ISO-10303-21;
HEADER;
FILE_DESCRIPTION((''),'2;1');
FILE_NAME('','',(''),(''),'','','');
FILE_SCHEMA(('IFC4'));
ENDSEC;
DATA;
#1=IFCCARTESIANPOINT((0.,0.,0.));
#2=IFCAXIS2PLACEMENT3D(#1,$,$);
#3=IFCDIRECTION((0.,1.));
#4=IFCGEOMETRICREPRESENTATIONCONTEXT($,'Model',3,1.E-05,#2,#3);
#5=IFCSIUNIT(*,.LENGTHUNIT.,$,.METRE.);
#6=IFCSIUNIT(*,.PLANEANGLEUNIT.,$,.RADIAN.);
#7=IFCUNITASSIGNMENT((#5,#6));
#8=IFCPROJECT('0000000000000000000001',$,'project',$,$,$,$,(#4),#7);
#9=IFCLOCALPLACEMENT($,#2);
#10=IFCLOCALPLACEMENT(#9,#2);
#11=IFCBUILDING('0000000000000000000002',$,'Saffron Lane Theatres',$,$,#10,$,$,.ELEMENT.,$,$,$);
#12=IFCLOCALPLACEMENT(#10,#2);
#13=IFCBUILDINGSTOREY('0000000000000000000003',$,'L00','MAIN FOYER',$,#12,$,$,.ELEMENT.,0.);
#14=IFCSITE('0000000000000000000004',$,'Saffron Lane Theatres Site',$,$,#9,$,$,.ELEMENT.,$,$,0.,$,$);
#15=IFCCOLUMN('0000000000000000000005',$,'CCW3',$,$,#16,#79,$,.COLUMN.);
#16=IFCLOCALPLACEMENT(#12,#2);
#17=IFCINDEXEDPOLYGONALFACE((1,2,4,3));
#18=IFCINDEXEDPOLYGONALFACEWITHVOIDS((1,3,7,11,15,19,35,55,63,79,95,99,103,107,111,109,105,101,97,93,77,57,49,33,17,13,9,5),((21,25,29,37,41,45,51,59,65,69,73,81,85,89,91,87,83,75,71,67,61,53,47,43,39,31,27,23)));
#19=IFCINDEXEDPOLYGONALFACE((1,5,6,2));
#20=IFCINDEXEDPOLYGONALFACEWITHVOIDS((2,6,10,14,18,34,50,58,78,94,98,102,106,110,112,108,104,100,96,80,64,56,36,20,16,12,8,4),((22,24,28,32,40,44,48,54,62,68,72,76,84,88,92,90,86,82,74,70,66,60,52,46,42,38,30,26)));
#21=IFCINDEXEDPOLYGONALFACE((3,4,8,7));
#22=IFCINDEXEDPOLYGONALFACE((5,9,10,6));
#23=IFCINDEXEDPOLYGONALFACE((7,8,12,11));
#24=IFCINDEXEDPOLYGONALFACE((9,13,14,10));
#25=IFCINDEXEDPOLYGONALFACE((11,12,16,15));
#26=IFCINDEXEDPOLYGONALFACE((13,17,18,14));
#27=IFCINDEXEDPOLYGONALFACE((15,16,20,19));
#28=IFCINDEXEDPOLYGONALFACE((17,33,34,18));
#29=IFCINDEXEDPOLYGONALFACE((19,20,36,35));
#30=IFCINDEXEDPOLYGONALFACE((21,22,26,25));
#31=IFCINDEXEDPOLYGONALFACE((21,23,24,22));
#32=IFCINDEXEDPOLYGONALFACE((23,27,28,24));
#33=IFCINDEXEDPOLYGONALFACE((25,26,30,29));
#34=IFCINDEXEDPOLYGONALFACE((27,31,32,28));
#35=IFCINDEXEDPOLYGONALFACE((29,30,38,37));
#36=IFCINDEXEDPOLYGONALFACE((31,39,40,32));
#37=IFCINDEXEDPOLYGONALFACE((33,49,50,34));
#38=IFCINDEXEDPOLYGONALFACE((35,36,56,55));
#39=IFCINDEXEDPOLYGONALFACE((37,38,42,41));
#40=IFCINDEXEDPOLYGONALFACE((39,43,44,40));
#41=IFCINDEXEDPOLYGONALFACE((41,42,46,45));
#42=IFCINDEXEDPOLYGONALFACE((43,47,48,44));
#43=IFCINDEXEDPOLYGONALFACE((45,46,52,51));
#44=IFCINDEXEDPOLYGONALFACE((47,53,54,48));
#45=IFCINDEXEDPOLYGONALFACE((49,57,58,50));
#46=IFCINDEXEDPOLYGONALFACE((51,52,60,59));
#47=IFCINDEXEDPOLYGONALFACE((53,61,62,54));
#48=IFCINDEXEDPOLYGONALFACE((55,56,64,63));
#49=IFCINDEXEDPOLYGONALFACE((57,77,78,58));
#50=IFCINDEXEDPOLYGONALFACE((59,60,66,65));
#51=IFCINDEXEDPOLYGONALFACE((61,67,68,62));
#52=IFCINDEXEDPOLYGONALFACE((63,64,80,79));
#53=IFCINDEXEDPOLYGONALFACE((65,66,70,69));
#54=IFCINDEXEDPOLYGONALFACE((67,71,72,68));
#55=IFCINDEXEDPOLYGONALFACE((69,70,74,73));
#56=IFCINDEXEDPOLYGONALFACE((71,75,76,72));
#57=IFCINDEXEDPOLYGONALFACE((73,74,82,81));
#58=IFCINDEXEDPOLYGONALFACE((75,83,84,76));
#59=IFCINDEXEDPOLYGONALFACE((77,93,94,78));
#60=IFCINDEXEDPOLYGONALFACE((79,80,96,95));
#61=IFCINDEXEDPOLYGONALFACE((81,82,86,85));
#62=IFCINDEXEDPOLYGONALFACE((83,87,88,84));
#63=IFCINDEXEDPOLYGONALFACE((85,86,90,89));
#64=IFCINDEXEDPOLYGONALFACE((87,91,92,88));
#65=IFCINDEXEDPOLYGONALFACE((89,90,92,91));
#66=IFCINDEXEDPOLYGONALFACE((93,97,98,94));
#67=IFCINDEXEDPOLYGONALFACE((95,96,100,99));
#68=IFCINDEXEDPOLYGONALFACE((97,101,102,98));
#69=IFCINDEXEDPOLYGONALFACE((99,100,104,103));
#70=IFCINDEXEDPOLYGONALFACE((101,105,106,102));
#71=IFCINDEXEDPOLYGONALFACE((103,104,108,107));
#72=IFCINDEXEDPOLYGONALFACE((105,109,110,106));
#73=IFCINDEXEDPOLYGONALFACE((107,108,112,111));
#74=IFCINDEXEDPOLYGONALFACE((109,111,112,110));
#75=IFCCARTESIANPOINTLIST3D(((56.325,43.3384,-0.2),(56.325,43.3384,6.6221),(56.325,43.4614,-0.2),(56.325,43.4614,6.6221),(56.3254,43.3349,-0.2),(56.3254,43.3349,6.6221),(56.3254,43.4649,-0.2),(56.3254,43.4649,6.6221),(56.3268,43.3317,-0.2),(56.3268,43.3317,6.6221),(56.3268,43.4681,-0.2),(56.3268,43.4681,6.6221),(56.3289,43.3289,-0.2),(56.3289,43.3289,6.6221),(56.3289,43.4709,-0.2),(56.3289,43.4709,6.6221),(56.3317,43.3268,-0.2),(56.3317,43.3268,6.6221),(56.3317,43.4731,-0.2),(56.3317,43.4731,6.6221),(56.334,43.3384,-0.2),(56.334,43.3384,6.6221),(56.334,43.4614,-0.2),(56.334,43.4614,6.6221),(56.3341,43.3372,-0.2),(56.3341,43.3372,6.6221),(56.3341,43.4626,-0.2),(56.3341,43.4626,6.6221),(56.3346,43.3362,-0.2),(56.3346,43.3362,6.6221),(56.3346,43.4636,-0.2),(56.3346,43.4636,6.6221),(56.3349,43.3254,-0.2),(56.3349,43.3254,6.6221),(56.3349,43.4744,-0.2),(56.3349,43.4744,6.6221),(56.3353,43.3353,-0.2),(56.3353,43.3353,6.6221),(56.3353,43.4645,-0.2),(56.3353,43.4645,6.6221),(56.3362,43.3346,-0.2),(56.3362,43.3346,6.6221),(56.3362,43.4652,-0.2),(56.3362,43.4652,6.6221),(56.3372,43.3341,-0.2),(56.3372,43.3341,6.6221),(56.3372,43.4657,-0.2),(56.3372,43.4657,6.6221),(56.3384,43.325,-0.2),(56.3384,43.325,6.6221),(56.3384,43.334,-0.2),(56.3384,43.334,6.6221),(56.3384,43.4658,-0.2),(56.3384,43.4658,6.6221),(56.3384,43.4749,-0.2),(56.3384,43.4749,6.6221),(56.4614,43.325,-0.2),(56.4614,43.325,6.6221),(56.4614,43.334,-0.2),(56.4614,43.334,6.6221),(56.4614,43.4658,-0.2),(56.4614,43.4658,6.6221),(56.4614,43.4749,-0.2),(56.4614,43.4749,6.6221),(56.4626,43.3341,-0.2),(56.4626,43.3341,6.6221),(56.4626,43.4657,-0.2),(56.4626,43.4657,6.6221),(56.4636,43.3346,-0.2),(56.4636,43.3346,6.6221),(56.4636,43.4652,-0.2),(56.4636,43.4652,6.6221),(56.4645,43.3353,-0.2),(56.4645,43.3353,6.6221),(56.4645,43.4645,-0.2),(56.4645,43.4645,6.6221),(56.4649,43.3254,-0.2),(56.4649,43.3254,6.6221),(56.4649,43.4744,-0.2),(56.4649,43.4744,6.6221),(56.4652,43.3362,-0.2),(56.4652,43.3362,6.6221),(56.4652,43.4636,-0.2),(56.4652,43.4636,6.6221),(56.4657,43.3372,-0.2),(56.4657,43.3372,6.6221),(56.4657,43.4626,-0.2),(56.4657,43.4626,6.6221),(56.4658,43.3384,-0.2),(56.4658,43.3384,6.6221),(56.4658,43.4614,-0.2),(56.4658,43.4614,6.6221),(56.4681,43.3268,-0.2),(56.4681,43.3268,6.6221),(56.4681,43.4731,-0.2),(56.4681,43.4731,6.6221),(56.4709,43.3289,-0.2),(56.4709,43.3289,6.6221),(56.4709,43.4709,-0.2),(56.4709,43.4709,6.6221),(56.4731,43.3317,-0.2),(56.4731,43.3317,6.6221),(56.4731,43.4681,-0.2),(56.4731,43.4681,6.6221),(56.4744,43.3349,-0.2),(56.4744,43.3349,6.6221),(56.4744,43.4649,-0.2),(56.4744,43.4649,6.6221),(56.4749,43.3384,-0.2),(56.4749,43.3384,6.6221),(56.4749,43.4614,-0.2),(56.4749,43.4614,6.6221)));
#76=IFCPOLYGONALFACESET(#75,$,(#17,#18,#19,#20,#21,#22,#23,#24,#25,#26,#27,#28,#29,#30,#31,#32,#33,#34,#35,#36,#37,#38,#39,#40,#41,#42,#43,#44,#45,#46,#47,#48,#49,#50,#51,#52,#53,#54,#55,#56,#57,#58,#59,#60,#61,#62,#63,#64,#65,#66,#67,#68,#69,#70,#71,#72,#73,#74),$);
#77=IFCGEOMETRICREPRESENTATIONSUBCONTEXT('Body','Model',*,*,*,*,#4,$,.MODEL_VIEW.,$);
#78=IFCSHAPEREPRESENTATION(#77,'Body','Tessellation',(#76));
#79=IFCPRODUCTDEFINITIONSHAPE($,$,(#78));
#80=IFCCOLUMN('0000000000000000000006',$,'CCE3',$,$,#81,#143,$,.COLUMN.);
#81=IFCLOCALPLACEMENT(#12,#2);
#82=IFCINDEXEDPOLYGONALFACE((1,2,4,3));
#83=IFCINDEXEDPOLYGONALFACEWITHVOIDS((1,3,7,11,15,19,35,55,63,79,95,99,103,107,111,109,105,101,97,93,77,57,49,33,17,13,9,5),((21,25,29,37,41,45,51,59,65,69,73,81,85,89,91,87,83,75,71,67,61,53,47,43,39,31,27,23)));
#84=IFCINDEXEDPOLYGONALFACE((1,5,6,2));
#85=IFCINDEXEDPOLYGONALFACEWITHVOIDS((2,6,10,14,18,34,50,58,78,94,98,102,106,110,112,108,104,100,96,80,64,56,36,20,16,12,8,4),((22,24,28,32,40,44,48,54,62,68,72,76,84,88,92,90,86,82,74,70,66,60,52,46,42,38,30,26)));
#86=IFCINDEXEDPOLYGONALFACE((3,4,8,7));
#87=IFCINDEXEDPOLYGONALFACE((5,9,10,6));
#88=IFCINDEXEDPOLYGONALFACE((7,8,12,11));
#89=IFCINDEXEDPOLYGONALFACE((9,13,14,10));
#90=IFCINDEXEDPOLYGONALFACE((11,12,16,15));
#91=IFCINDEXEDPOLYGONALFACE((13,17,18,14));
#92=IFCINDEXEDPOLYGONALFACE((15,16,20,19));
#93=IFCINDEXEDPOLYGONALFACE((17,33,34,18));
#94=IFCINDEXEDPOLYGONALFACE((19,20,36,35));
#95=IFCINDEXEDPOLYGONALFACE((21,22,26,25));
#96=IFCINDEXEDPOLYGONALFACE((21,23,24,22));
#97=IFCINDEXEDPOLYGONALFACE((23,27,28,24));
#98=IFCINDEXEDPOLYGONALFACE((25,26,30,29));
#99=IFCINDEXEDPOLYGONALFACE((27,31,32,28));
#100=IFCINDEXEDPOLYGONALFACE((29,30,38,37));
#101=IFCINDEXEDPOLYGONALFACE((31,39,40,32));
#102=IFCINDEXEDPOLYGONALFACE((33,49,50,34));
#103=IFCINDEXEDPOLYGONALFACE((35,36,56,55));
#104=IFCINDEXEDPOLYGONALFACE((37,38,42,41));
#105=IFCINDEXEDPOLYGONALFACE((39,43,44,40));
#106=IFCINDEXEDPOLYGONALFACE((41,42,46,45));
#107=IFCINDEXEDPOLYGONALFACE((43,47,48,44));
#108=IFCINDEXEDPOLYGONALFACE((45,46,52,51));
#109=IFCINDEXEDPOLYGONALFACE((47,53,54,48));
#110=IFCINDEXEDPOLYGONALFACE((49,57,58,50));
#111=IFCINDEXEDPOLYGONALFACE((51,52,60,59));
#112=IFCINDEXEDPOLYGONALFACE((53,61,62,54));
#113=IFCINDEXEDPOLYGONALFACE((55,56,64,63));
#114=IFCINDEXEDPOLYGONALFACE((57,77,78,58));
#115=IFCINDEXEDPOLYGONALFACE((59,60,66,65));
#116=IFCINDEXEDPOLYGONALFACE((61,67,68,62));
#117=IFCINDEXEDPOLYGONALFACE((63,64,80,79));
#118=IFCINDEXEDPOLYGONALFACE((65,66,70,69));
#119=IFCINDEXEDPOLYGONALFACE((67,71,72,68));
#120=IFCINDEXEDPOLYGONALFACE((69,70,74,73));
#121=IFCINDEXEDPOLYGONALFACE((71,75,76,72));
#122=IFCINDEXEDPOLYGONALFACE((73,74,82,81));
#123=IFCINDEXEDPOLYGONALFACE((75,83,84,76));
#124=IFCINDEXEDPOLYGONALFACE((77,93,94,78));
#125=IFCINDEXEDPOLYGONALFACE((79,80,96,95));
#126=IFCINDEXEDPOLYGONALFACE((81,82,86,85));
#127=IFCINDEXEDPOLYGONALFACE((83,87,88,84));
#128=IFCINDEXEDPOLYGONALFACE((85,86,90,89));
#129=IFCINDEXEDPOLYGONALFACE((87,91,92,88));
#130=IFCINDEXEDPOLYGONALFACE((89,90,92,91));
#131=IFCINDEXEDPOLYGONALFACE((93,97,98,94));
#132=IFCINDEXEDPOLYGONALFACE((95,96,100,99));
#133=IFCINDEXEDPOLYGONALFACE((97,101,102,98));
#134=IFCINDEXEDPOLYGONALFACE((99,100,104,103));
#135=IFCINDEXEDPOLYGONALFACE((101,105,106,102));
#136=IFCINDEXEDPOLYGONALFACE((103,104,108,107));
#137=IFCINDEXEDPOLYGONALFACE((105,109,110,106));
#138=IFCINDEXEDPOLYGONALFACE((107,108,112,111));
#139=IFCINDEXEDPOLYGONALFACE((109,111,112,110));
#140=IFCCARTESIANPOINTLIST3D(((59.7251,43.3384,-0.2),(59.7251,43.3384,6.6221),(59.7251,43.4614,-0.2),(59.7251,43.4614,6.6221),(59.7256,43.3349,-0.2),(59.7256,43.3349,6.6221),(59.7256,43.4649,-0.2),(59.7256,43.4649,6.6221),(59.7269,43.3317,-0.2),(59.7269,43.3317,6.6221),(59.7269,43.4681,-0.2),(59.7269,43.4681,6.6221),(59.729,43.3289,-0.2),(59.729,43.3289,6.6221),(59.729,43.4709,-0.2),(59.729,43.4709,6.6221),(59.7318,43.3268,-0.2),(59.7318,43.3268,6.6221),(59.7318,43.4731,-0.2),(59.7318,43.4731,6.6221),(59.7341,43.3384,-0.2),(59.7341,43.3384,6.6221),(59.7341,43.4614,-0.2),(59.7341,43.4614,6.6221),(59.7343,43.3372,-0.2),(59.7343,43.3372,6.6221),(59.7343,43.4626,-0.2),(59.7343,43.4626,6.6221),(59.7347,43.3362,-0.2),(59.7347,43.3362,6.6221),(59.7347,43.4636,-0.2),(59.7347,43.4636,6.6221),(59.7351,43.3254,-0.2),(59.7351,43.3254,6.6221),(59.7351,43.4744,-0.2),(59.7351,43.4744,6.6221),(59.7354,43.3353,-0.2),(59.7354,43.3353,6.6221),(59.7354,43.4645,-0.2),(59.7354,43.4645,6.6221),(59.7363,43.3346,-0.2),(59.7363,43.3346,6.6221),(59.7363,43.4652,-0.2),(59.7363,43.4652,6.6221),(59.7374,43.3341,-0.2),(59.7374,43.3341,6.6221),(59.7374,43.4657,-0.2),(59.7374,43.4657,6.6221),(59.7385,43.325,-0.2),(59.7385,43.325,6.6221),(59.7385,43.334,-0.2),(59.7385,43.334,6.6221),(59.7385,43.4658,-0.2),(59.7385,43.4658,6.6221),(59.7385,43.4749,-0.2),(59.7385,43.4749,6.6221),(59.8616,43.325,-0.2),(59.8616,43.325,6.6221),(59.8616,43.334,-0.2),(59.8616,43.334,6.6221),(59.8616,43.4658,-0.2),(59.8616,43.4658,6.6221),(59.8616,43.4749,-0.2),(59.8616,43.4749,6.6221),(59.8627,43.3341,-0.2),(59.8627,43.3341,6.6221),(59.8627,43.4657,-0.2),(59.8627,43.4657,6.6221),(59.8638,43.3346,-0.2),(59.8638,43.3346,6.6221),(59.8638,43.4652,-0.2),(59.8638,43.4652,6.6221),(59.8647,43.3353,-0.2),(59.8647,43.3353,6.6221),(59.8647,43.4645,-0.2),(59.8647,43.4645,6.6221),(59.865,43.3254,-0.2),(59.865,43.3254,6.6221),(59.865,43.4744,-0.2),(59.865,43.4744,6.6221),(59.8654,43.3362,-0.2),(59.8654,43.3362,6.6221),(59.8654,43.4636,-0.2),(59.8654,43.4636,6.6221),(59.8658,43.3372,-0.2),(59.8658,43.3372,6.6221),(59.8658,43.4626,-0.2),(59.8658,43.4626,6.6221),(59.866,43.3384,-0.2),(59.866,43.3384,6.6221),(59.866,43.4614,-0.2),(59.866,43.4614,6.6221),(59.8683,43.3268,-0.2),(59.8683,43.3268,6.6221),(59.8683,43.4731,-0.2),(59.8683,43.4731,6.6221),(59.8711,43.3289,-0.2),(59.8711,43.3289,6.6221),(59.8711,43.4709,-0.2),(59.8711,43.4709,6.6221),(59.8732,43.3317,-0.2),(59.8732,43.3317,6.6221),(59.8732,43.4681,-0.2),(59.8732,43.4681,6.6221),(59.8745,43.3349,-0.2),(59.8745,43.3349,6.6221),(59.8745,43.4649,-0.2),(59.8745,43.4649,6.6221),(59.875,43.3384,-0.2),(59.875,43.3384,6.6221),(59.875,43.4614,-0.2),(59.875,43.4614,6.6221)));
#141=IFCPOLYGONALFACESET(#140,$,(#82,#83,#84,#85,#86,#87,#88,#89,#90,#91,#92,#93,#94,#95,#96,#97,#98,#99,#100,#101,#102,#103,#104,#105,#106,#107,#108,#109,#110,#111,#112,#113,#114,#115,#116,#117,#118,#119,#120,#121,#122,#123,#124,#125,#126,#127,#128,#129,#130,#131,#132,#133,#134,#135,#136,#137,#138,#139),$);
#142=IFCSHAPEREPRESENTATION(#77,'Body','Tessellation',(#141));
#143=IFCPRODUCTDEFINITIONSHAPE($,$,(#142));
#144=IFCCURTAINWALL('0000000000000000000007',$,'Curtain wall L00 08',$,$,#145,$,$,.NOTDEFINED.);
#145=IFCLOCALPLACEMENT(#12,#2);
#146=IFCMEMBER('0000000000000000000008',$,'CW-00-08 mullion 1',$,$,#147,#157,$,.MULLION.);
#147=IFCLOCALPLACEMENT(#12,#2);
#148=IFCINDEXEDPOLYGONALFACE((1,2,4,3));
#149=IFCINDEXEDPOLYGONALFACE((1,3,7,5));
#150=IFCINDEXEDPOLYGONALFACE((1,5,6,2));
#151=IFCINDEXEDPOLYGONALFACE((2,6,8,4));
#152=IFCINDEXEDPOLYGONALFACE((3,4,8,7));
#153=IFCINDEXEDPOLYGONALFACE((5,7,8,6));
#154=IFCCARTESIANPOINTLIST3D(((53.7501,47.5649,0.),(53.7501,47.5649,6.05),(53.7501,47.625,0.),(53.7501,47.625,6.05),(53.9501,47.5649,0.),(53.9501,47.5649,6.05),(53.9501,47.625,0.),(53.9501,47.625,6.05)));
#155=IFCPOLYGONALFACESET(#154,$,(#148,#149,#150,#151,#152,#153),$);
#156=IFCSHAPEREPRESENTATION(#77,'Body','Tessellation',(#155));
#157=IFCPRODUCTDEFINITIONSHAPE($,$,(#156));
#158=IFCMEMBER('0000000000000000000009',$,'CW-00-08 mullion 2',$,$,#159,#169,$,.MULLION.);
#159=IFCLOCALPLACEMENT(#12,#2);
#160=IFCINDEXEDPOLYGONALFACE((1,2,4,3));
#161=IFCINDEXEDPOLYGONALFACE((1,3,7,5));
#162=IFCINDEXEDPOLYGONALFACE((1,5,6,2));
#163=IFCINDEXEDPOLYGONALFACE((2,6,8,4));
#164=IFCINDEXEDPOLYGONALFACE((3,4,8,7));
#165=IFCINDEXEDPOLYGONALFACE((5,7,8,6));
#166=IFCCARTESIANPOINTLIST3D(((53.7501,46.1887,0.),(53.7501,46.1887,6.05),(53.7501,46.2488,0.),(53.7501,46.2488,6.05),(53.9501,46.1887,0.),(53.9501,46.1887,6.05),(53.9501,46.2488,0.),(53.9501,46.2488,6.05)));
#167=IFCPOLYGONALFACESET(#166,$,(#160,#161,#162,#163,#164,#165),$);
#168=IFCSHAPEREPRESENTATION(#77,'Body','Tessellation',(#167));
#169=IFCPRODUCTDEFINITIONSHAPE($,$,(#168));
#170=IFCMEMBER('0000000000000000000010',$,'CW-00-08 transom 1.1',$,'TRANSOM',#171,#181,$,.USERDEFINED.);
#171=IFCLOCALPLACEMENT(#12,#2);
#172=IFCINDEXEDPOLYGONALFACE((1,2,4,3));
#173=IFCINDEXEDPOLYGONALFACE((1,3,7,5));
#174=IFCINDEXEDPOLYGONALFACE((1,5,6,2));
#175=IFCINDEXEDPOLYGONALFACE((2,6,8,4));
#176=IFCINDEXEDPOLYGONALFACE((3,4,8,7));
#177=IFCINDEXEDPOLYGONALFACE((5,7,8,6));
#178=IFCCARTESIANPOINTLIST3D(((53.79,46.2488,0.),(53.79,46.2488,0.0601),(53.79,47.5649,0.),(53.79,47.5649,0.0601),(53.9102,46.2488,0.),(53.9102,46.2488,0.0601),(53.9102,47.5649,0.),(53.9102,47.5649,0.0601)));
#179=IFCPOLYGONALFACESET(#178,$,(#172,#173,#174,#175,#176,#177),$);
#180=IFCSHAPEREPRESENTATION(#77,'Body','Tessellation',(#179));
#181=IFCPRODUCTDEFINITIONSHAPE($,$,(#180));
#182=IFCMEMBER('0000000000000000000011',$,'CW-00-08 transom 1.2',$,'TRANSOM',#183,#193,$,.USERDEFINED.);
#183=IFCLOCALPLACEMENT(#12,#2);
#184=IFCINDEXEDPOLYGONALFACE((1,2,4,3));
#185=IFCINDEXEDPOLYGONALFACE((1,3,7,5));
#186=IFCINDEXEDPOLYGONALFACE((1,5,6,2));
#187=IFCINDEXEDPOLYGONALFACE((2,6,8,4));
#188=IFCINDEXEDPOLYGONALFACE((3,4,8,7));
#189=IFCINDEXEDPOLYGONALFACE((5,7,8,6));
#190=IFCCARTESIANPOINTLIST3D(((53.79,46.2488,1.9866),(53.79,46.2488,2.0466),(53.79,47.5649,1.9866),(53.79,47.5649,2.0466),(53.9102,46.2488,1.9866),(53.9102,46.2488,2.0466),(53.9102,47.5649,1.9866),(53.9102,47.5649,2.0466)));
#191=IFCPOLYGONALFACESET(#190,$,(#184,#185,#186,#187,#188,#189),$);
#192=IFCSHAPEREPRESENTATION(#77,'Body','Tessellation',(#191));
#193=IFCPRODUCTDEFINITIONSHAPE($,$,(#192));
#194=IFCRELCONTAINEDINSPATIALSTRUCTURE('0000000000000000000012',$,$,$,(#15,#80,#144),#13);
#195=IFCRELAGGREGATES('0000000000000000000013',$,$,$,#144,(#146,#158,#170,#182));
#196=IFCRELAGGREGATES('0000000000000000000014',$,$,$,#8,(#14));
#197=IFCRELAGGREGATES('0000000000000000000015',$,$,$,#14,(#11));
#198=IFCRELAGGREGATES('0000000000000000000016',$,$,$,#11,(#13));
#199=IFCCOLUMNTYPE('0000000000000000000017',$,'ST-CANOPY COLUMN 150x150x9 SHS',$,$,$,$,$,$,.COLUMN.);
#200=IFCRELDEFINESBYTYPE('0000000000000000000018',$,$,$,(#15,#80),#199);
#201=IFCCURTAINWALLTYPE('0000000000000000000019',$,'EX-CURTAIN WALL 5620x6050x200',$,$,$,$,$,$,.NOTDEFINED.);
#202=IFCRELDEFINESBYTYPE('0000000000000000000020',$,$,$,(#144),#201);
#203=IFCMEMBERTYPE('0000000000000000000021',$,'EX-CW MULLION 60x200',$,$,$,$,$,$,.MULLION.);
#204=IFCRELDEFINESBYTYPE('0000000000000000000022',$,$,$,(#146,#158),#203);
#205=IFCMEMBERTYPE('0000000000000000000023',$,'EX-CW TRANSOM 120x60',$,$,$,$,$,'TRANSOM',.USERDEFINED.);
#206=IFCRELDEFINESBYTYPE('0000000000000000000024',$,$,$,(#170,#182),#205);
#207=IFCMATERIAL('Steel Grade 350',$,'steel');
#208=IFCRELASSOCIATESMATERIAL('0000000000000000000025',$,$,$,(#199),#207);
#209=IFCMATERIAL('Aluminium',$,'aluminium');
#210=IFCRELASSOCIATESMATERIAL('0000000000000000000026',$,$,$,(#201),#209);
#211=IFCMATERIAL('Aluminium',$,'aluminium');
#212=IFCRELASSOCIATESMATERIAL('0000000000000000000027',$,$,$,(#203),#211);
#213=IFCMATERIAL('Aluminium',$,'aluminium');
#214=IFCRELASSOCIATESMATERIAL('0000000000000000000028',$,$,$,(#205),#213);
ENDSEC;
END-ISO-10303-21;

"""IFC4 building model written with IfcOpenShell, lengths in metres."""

from ifc_helpers import new_model, si_unit, direction, frame, origin, origin_2d, place, context, subcontext, project, spatial, rectangle, hollow_rectangle, extrude, material, material_profile, profile_set, type_object, element, aggregate, save


model = new_model("IFC4")

# Units and contexts
model_context = context("Model", 3, precision=1e-05, world=origin(), true_north=direction((0.0, 1.0)))
body_context = subcontext(model_context, "Body", "Model", "MODEL_VIEW")
ifc_project = project(units=[si_unit("LENGTHUNIT", "METRE"), si_unit("PLANEANGLEUNIT", "RADIAN")], contexts=[model_context])

# Site, building, storey
site_placement = place(None, origin())
site = spatial("IfcSite", under=ifc_project, at=site_placement, Name="Saffron Lane Theatres Site", CompositionType="ELEMENT", RefElevation=0.0)
building_placement = place(site_placement, origin())
building = spatial("IfcBuilding", under=site, at=building_placement, Name="Saffron Lane Theatres", CompositionType="ELEMENT")
storey_placement = place(building_placement, origin())
storey = spatial("IfcBuildingStorey", under=building, at=storey_placement, Name="L00", Description="MAIN FOYER", CompositionType="ELEMENT", Elevation=0.0)

# Columns
ifc_material_1 = material(Name="Steel Grade 350", Category="steel")
ifc_material_profile_1 = material_profile(ifc_material_1, hollow_rectangle(XDim=0.1499, YDim=0.1499, WallThickness=0.009, InnerFilletRadius=0.0044, OuterFilletRadius=0.0134, at=origin_2d()))
ifc_profile_set_1 = profile_set([ifc_material_profile_1], Name="Steel Grade 350")
column_type_1 = type_object("IfcColumnType", Name="ST-CANOPY COLUMN 150x150x9 SHS", PredefinedType="COLUMN", material=ifc_profile_set_1)
for number, where, z_axis, x_axis, name in (
    (1, (56.3999, 43.3999, -0.2), (0.0, 0.0, 1.0), (1.0, 0.0, 0.0), "CCW3"),
    (2, (59.8, 43.3999, -0.2), (0.0, 0.0, 1.0), (1.0, 0.0, 0.0), "CCE3"),
):
    element("IfcColumn", number, at=place(storey_placement, frame(where, z_axis=z_axis, x_axis=x_axis)), inside=storey, type_object=column_type_1, Name=name, PredefinedType="COLUMN", context=body_context, shape_type="SweptSolid", body=[
        extrude(hollow_rectangle(XDim=0.1499, YDim=0.1499, WallThickness=0.009, InnerFilletRadius=0.0044, OuterFilletRadius=0.0134, at=origin_2d()), origin(), (0.0, 0.0, 1.0), 6.822),
    ])

# Curtain wall, members
ifc_material_2 = material(Name="Aluminium", Category="aluminium")
curtain_wall_type = type_object("IfcCurtainWallType", Name="EX-CURTAIN WALL 5620x6050x200", PredefinedType="NOTDEFINED", material=ifc_material_2)
curtain_wall_placement = place(storey_placement, origin())
curtain_wall = element("IfcCurtainWall", 3, at=curtain_wall_placement, inside=storey, type_object=curtain_wall_type, Name="Curtain wall L00 08", PredefinedType="NOTDEFINED")
ifc_material_3 = material(Name="Aluminium", Category="aluminium")
ifc_material_profile_2 = material_profile(ifc_material_3, rectangle(XDim=0.0601, YDim=0.2, at=origin_2d()))
ifc_profile_set_2 = profile_set([ifc_material_profile_2], Name="Aluminium")
member_type_1 = type_object("IfcMemberType", Name="EX-CW MULLION 60x200", PredefinedType="MULLION", material=ifc_profile_set_2)
member_1_placement = place(storey_placement, frame((53.8501, 47.595, 0.0), z_axis=(0.0, 0.0, 1.0), x_axis=(0.0, -1.0, 0.0)))
member_1 = element("IfcMember", 4, at=member_1_placement, type_object=member_type_1, Name="CW-00-08 mullion 1", PredefinedType="MULLION", context=body_context, shape_type="SweptSolid", body=[
    extrude(rectangle(XDim=0.0601, YDim=0.2, at=origin_2d()), origin(), (0.0, 0.0, 1.0), 6.05),
])
member_2_placement = place(storey_placement, frame((53.8501, 46.2188, 0.0), z_axis=(0.0, 0.0, 1.0), x_axis=(0.0, -1.0, 0.0)))
member_2 = element("IfcMember", 5, at=member_2_placement, type_object=member_type_1, Name="CW-00-08 mullion 2", PredefinedType="MULLION", context=body_context, shape_type="SweptSolid", body=[
    extrude(rectangle(XDim=0.0601, YDim=0.2, at=origin_2d()), origin(), (0.0, 0.0, 1.0), 6.05),
])
ifc_material_4 = material(Name="Aluminium", Category="aluminium")
ifc_material_profile_3 = material_profile(ifc_material_4, rectangle(XDim=0.1201, YDim=0.0601, at=origin_2d()))
ifc_profile_set_3 = profile_set([ifc_material_profile_3], Name="Aluminium")
member_type_2 = type_object("IfcMemberType", Name="EX-CW TRANSOM 120x60", ElementType="TRANSOM", PredefinedType="USERDEFINED", material=ifc_profile_set_3)
member_3_placement = place(storey_placement, frame((53.8501, 47.5649, 0.03), z_axis=(0.0, -1.0, 0.0), x_axis=(1.0, 0.0, 0.0)))
member_3 = element("IfcMember", 6, at=member_3_placement, type_object=member_type_2, Name="CW-00-08 transom 1.1", ObjectType="TRANSOM", PredefinedType="USERDEFINED", context=body_context, shape_type="SweptSolid", body=[
    extrude(rectangle(XDim=0.1201, YDim=0.0601, at=origin_2d()), origin(), (0.0, 0.0, 1.0), 1.3162),
])
member_4_placement = place(storey_placement, frame((53.8501, 47.5649, 2.0166), z_axis=(0.0, -1.0, 0.0), x_axis=(1.0, 0.0, 0.0)))
member_4 = element("IfcMember", 7, at=member_4_placement, type_object=member_type_2, Name="CW-00-08 transom 1.2", ObjectType="TRANSOM", PredefinedType="USERDEFINED", context=body_context, shape_type="SweptSolid", body=[
    extrude(rectangle(XDim=0.1201, YDim=0.0601, at=origin_2d()), origin(), (0.0, 0.0, 1.0), 1.3162),
])
aggregate(curtain_wall, [member_1, member_2, member_3, member_4])

save(model, "model.ifc")
